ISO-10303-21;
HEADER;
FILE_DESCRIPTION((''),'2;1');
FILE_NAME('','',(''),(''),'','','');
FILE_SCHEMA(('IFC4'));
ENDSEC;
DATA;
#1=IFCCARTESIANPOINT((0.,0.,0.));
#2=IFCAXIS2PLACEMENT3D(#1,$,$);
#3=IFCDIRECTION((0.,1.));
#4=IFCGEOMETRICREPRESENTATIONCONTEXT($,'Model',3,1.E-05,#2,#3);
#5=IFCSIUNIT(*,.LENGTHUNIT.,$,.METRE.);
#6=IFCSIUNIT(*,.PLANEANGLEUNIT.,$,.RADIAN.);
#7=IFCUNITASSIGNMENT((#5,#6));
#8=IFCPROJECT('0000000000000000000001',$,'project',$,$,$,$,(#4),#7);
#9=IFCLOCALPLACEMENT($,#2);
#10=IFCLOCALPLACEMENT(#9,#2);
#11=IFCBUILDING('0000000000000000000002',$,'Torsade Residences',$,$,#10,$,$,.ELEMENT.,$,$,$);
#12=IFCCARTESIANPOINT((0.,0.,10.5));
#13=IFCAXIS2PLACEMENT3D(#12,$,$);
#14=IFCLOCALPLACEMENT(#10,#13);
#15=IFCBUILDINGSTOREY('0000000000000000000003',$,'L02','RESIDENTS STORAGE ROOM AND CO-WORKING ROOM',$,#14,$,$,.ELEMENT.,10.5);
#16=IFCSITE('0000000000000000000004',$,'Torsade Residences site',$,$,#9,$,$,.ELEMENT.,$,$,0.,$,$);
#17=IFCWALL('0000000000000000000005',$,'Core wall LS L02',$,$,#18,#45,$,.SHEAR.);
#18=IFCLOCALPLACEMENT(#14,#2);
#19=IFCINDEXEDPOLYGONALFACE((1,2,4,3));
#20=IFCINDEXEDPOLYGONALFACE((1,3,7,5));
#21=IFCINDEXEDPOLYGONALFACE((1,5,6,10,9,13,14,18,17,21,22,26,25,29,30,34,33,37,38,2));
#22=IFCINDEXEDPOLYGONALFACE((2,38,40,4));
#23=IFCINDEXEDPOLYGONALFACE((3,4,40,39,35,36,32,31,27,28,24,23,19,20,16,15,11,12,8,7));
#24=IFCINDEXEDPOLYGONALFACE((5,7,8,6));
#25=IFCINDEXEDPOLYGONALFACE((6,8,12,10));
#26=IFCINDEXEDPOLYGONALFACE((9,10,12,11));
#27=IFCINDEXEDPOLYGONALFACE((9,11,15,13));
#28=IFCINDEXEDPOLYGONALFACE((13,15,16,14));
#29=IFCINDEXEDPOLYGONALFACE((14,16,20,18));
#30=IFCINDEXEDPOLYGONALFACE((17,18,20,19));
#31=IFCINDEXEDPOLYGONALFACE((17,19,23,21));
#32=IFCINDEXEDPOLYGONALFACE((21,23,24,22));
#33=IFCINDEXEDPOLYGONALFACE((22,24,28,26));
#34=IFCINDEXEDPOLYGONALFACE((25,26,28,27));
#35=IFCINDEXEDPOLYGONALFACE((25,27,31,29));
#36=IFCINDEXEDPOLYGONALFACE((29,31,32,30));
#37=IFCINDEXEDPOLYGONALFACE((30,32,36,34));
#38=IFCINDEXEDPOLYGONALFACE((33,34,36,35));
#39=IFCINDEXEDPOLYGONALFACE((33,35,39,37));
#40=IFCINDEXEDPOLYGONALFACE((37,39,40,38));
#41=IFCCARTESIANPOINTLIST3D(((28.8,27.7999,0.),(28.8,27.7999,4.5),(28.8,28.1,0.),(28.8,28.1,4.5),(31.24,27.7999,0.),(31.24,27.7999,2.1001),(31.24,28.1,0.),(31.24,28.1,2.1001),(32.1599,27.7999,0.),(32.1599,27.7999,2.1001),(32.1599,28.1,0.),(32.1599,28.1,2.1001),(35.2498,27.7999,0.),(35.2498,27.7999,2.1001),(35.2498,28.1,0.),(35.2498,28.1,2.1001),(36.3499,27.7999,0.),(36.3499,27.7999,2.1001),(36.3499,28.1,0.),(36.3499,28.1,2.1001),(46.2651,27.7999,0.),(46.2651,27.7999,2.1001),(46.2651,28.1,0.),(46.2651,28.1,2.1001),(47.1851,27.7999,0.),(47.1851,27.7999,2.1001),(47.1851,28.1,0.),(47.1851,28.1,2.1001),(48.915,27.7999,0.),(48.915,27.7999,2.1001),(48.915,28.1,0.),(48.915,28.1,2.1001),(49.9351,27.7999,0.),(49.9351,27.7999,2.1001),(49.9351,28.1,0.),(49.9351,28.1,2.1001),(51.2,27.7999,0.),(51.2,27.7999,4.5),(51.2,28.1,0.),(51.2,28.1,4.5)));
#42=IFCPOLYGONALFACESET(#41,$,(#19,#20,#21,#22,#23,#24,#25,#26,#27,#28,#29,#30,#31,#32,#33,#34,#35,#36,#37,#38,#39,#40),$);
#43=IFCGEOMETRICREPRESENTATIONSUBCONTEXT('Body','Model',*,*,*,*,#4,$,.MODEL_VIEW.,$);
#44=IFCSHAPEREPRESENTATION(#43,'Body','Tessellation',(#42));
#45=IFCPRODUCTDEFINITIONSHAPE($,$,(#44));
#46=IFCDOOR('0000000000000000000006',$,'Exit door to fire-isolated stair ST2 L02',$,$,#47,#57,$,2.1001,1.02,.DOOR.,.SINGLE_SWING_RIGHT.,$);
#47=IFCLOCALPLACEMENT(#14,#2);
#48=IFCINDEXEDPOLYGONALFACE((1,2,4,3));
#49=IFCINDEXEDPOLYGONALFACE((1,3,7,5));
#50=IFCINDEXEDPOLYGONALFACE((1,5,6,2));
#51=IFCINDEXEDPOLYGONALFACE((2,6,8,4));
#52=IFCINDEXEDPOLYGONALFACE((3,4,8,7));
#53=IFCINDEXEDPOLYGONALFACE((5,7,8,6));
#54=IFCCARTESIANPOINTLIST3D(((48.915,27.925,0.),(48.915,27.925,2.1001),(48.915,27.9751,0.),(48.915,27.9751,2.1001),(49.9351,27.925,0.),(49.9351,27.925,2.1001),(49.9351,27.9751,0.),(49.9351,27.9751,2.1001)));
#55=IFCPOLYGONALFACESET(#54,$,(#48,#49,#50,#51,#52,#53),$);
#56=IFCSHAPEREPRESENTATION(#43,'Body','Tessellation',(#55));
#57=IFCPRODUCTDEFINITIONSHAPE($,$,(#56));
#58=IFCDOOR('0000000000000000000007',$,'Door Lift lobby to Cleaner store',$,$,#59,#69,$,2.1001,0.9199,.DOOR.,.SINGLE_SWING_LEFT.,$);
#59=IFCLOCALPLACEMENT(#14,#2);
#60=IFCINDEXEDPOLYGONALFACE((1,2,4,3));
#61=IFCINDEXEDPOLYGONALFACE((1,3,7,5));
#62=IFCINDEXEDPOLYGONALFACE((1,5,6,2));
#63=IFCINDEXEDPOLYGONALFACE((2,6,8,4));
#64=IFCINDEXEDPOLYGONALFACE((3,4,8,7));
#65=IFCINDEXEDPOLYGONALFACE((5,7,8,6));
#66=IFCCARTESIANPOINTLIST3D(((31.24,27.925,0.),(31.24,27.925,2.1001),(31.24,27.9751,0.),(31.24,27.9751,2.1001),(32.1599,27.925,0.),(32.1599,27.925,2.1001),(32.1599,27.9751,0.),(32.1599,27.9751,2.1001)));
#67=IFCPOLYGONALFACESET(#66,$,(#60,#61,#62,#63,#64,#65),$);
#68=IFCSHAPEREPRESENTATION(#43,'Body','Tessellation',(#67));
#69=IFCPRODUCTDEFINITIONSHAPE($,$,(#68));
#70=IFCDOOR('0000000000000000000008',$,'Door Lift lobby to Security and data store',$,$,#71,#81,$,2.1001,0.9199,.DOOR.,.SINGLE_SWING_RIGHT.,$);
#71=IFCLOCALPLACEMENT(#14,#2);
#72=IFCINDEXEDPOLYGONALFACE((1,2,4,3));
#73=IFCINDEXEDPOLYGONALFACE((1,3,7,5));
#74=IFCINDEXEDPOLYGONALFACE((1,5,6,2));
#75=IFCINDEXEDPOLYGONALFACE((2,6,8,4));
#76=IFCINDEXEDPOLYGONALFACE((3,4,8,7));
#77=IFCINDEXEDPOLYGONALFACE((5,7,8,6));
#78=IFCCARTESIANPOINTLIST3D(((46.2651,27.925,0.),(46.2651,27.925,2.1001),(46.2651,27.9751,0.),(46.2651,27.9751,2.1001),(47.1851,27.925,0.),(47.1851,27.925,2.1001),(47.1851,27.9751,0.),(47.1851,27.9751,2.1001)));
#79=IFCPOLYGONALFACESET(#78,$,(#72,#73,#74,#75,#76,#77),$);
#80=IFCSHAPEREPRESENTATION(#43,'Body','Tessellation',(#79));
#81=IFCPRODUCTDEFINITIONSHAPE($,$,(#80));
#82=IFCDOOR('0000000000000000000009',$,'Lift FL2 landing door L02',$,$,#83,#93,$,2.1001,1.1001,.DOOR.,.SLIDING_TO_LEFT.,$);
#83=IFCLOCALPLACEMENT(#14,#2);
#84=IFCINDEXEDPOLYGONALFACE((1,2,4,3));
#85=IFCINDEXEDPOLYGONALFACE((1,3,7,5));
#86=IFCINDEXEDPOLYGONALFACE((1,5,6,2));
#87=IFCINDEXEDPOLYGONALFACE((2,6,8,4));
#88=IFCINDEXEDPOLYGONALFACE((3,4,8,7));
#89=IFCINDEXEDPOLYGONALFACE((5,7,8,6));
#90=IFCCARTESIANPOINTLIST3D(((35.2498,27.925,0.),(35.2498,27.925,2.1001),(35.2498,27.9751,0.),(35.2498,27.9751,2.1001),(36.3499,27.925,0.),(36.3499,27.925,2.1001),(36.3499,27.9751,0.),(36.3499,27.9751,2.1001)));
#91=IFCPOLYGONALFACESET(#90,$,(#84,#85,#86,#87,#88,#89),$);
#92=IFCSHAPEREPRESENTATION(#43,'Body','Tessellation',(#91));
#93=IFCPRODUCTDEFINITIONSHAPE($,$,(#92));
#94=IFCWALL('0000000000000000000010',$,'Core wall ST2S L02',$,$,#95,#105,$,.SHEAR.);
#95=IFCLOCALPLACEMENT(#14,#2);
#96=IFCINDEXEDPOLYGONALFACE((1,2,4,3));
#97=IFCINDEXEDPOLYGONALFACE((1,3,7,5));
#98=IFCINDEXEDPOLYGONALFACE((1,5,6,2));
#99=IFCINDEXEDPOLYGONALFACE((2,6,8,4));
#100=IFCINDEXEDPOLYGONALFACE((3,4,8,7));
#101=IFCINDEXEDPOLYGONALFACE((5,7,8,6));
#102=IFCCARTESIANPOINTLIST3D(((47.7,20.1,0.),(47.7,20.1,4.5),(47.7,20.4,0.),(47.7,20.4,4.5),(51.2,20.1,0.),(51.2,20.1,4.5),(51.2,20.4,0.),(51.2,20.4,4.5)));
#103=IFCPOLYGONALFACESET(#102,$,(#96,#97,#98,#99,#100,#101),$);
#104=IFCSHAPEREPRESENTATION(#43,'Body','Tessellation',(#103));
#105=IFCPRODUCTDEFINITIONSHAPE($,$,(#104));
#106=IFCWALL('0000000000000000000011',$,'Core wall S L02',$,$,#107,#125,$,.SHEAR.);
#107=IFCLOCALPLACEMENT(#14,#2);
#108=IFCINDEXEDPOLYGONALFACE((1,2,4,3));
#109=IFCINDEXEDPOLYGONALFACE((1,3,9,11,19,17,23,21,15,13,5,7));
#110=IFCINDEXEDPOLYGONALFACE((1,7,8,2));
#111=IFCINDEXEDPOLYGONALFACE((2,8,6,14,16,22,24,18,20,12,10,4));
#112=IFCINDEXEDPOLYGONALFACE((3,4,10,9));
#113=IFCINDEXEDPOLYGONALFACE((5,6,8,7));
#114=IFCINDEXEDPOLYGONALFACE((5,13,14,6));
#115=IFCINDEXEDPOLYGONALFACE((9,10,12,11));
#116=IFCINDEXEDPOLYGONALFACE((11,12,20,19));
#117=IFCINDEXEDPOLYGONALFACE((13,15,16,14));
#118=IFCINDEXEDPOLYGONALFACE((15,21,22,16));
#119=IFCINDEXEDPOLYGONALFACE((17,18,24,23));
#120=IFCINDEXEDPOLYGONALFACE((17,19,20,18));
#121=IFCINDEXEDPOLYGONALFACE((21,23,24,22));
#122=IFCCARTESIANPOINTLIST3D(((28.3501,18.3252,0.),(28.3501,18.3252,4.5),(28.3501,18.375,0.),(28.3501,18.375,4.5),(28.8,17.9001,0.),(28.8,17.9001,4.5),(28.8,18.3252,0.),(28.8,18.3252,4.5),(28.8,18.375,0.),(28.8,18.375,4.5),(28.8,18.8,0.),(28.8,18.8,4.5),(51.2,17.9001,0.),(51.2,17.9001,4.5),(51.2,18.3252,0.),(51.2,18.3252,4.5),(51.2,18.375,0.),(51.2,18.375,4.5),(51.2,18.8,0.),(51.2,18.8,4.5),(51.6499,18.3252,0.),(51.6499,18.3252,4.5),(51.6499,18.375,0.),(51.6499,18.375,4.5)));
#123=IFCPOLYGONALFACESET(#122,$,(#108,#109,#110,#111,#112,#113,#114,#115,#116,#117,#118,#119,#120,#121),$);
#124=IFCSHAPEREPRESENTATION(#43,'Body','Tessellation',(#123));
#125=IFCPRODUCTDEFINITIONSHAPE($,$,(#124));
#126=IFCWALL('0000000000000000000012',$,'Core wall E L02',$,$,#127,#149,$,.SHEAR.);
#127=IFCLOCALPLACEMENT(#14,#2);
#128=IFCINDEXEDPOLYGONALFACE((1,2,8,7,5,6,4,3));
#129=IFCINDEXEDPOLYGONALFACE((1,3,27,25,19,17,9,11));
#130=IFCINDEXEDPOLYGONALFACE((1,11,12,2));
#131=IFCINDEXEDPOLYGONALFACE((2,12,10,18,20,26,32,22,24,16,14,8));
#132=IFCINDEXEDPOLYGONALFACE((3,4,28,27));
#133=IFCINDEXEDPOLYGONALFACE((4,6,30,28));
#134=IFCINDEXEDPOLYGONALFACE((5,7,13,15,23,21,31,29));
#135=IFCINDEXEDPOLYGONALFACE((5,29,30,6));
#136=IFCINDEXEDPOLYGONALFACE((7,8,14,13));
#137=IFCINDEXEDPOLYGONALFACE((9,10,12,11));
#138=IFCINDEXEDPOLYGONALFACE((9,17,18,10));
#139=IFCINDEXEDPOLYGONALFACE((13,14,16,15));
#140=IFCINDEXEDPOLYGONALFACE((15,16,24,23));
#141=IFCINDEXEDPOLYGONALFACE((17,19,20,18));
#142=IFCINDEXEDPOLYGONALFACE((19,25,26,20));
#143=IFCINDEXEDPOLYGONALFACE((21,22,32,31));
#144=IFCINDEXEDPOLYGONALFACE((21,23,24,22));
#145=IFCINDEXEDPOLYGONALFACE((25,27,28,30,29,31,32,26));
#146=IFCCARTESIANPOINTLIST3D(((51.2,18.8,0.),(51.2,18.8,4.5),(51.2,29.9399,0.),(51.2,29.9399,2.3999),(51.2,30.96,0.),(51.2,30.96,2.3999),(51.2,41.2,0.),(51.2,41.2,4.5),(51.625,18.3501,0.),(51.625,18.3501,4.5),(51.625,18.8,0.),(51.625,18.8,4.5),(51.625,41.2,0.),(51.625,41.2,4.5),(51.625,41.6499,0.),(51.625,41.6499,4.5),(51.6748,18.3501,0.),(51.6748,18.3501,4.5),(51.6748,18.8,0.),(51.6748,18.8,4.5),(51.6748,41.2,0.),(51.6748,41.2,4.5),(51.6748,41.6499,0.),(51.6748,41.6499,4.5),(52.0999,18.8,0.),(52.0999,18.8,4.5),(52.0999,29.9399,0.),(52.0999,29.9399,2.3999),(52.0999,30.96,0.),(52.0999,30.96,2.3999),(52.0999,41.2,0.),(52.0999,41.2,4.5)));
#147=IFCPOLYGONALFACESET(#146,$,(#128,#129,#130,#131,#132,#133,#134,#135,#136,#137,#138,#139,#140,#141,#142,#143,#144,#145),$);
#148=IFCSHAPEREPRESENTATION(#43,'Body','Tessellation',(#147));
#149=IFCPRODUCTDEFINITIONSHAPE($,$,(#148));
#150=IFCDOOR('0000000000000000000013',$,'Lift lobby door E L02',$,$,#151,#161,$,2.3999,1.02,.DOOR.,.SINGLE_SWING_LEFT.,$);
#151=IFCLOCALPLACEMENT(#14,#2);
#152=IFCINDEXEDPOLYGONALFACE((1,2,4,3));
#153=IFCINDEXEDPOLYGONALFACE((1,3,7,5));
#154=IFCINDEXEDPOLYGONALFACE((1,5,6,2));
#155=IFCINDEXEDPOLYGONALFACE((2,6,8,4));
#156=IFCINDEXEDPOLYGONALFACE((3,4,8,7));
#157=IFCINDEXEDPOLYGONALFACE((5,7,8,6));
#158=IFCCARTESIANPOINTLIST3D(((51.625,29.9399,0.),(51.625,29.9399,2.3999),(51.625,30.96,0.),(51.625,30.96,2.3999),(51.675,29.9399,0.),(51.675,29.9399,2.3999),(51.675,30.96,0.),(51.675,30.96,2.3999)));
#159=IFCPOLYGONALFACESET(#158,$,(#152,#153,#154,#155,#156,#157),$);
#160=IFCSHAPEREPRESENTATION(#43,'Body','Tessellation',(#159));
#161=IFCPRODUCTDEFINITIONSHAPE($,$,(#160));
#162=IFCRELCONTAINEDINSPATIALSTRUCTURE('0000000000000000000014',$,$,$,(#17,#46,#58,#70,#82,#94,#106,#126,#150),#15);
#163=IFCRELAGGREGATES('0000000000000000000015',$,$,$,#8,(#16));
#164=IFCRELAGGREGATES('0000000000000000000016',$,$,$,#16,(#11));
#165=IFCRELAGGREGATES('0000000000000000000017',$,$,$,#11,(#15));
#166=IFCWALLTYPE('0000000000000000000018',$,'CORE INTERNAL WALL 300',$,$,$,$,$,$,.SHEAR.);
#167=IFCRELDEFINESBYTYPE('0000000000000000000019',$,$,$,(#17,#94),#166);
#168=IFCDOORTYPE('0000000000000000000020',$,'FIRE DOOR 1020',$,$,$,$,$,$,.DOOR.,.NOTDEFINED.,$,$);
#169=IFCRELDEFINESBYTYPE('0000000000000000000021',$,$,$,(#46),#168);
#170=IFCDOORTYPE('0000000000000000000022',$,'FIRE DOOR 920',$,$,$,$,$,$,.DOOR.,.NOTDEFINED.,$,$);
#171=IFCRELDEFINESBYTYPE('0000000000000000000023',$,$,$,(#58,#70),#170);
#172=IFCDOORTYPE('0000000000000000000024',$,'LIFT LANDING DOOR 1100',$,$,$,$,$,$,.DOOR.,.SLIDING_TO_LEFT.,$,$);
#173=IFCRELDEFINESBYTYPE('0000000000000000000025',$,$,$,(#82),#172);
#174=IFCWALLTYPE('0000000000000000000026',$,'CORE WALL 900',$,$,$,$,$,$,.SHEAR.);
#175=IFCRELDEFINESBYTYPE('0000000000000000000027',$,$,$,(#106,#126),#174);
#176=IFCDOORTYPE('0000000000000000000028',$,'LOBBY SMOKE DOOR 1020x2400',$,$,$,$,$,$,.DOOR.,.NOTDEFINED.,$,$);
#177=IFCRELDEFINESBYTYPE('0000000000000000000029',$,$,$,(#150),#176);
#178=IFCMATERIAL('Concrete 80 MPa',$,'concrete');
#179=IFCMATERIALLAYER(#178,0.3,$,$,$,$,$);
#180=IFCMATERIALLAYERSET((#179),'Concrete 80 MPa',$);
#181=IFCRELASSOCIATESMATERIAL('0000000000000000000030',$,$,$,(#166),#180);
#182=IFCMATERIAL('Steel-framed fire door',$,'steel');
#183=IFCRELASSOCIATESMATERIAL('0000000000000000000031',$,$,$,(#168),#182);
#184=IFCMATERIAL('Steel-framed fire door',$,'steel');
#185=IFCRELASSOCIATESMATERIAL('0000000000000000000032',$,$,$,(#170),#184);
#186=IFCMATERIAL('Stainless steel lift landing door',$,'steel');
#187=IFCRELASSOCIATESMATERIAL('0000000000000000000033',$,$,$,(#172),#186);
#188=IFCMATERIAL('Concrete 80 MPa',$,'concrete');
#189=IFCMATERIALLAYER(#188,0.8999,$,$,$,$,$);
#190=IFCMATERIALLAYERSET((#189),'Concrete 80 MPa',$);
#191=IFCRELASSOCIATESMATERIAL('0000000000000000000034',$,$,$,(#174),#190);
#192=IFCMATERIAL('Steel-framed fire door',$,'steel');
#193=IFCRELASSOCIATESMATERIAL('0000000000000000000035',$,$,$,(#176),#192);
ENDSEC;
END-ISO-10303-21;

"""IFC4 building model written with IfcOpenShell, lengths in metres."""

from ifc_helpers import new_model, si_unit, direction, frame, frame_2d, origin, place, context, subcontext, project, spatial, polyline, rectangle, outline, extrude, material, layer, layer_set, type_object, element, fill, save


model = new_model("IFC4")

# Units and contexts
model_context = context("Model", 3, precision=1e-05, world=origin(), true_north=direction((0.0, 1.0)))
body_context = subcontext(model_context, "Body", "Model", "MODEL_VIEW")
ifc_project = project(units=[si_unit("LENGTHUNIT", "METRE"), si_unit("PLANEANGLEUNIT", "RADIAN")], contexts=[model_context])

# Site, building, storey
site_placement = place(None, origin())
site = spatial("IfcSite", under=ifc_project, at=site_placement, Name="Torsade Residences site", CompositionType="ELEMENT", RefElevation=0.0)
building_placement = place(site_placement, origin())
building = spatial("IfcBuilding", under=site, at=building_placement, Name="Torsade Residences", CompositionType="ELEMENT")
storey_placement = place(building_placement, frame((0.0, 0.0, 10.5)))
storey = spatial("IfcBuildingStorey", under=building, at=storey_placement, Name="L02", Description="RESIDENTS STORAGE ROOM AND CO-WORKING ROOM", CompositionType="ELEMENT", Elevation=10.5)

# Wall, openings, doors
ifc_material_1 = material(Name="Concrete 80 MPa", Category="concrete")
ifc_layer_1 = layer(ifc_material_1, 0.3)
ifc_layer_set_1 = layer_set([ifc_layer_1], Name="Concrete 80 MPa")
wall_type_1 = type_object("IfcWallType", Name="CORE INTERNAL WALL 300", PredefinedType="SHEAR", material=ifc_layer_set_1)
wall_1_placement = place(storey_placement, frame((51.2, 27.95, 0.0), z_axis=(0.0, 0.0, 1.0), x_axis=(-1.0, 0.0, 0.0)))
wall_1 = element("IfcWall", 1, at=wall_1_placement, inside=storey, type_object=wall_type_1, Name="Core wall LS L02", PredefinedType="SHEAR", context=body_context, shape_type="SweptSolid", body=[
    extrude(rectangle(XDim=22.3999, YDim=0.3, at=frame_2d((11.2, 0.0))), origin(), (0.0, 0.0, 1.0), 4.5),
])
opening_1_placement = place(wall_1_placement, frame((19.04, 0.0, 0.0)))
opening_1 = element("IfcOpeningElement", 2, at=opening_1_placement, cuts=wall_1, PredefinedType="OPENING", context=body_context, shape_type="SweptSolid", body=[
    extrude(rectangle(XDim=0.9199, YDim=2.1001, at=frame_2d((0.46, 1.05))), frame((0.0, 0.1599, 0.0), z_axis=(0.0, -1.0, 0.0), x_axis=(1.0, 0.0, 0.0)), (0.0, 0.0, 1.0), 0.3201),
])
opening_2_placement = place(wall_1_placement, frame((1.2649, 0.0, 0.0)))
opening_2 = element("IfcOpeningElement", 3, at=opening_2_placement, cuts=wall_1, PredefinedType="OPENING", context=body_context, shape_type="SweptSolid", body=[
    extrude(rectangle(XDim=1.02, YDim=2.1001, at=frame_2d((0.51, 1.05))), frame((0.0, 0.1599, 0.0), z_axis=(0.0, -1.0, 0.0), x_axis=(1.0, 0.0, 0.0)), (0.0, 0.0, 1.0), 0.3201),
])
opening_3_placement = place(wall_1_placement, frame((4.0149, 0.0, 0.0)))
opening_3 = element("IfcOpeningElement", 4, at=opening_3_placement, cuts=wall_1, PredefinedType="OPENING", context=body_context, shape_type="SweptSolid", body=[
    extrude(rectangle(XDim=0.9199, YDim=2.1001, at=frame_2d((0.46, 1.05))), frame((0.0, 0.1599, 0.0), z_axis=(0.0, -1.0, 0.0), x_axis=(1.0, 0.0, 0.0)), (0.0, 0.0, 1.0), 0.3201),
])
opening_4_placement = place(wall_1_placement, frame((14.8501, 0.0, 0.0)))
opening_4 = element("IfcOpeningElement", 5, at=opening_4_placement, cuts=wall_1, PredefinedType="OPENING", context=body_context, shape_type="SweptSolid", body=[
    extrude(rectangle(XDim=1.1001, YDim=2.1001, at=frame_2d((0.55, 1.05))), frame((0.0, 0.1599, 0.0), z_axis=(0.0, -1.0, 0.0), x_axis=(1.0, 0.0, 0.0)), (0.0, 0.0, 1.0), 0.3201),
])
ifc_material_2 = material(Name="Steel-framed fire door", Category="steel")
door_type_1 = type_object("IfcDoorType", Name="FIRE DOOR 1020", OperationType="NOTDEFINED", PredefinedType="DOOR", material=ifc_material_2)
door_1_placement = place(opening_2_placement, origin())
door_1 = element("IfcDoor", 6, at=door_1_placement, inside=storey, type_object=door_type_1, Name="Exit door to fire-isolated stair ST2 L02", OperationType="SINGLE_SWING_RIGHT", OverallHeight=2.1001, OverallWidth=1.02, PredefinedType="DOOR", context=body_context, shape_type="SweptSolid", body=[
    extrude(rectangle(XDim=1.02, YDim=2.1001, at=frame_2d((0.51, 1.05))), frame((0.0, 0.0249, 0.0), z_axis=(0.0, -1.0, 0.0), x_axis=(1.0, 0.0, 0.0)), (0.0, 0.0, 1.0), 0.05),
])
fill(opening_2, door_1)
ifc_material_3 = material(Name="Steel-framed fire door", Category="steel")
door_type_2 = type_object("IfcDoorType", Name="FIRE DOOR 920", OperationType="NOTDEFINED", PredefinedType="DOOR", material=ifc_material_3)
door_2_placement = place(opening_1_placement, origin())
door_2 = element("IfcDoor", 7, at=door_2_placement, inside=storey, type_object=door_type_2, Name="Door Lift lobby to Cleaner store", OperationType="SINGLE_SWING_LEFT", OverallHeight=2.1001, OverallWidth=0.9199, PredefinedType="DOOR", context=body_context, shape_type="SweptSolid", body=[
    extrude(rectangle(XDim=0.9199, YDim=2.1001, at=frame_2d((0.46, 1.05))), frame((0.0, 0.0249, 0.0), z_axis=(0.0, -1.0, 0.0), x_axis=(1.0, 0.0, 0.0)), (0.0, 0.0, 1.0), 0.05),
])
fill(opening_1, door_2)
door_3_placement = place(opening_3_placement, origin())
door_3 = element("IfcDoor", 8, at=door_3_placement, inside=storey, type_object=door_type_2, Name="Door Lift lobby to Security and data store", OperationType="SINGLE_SWING_RIGHT", OverallHeight=2.1001, OverallWidth=0.9199, PredefinedType="DOOR", context=body_context, shape_type="SweptSolid", body=[
    extrude(rectangle(XDim=0.9199, YDim=2.1001, at=frame_2d((0.46, 1.05))), frame((0.0, 0.0249, 0.0), z_axis=(0.0, -1.0, 0.0), x_axis=(1.0, 0.0, 0.0)), (0.0, 0.0, 1.0), 0.05),
])
fill(opening_3, door_3)
ifc_material_4 = material(Name="Stainless steel lift landing door", Category="steel")
door_type_3 = type_object("IfcDoorType", Name="LIFT LANDING DOOR 1100", OperationType="SLIDING_TO_LEFT", PredefinedType="DOOR", material=ifc_material_4)
door_4_placement = place(opening_4_placement, origin())
door_4 = element("IfcDoor", 9, at=door_4_placement, inside=storey, type_object=door_type_3, Name="Lift FL2 landing door L02", OperationType="SLIDING_TO_LEFT", OverallHeight=2.1001, OverallWidth=1.1001, PredefinedType="DOOR", context=body_context, shape_type="SweptSolid", body=[
    extrude(rectangle(XDim=1.1001, YDim=2.1001, at=frame_2d((0.55, 1.05))), frame((0.0, 0.0249, 0.0), z_axis=(0.0, -1.0, 0.0), x_axis=(1.0, 0.0, 0.0)), (0.0, 0.0, 1.0), 0.05),
])
fill(opening_4, door_4)

# Walls
wall_2_placement = place(storey_placement, frame((51.2, 20.25, 0.0), z_axis=(0.0, 0.0, 1.0), x_axis=(-1.0, 0.0, 0.0)))
element("IfcWall", 10, at=wall_2_placement, inside=storey, type_object=wall_type_1, Name="Core wall ST2S L02", PredefinedType="SHEAR", context=body_context, shape_type="SweptSolid", body=[
    extrude(rectangle(XDim=3.5, YDim=0.3, at=frame_2d((1.75, 0.0))), origin(), (0.0, 0.0, 1.0), 4.5),
])
ifc_material_5 = material(Name="Concrete 80 MPa", Category="concrete")
ifc_layer_2 = layer(ifc_material_5, 0.8999)
ifc_layer_set_2 = layer_set([ifc_layer_2], Name="Concrete 80 MPa")
wall_type_2 = type_object("IfcWallType", Name="CORE WALL 900", PredefinedType="SHEAR", material=ifc_layer_set_2)
wall_3_placement = place(storey_placement, frame((51.2, 18.3501, 0.0), z_axis=(0.0, 0.0, 1.0), x_axis=(-1.0, 0.0, 0.0)))
element("IfcWall", 11, at=wall_3_placement, inside=storey, type_object=wall_type_2, Name="Core wall S L02", PredefinedType="SHEAR", context=body_context, shape_type="SweptSolid", body=[
    extrude(outline(polyline([(0.0, -0.45), (22.3999, -0.45), (22.3999, -0.0249), (22.8499, -0.0249), (22.8499, 0.0249), (22.3999, 0.0249), (22.3999, 0.45), (0.0, 0.45), (0.0, 0.0249), (-0.45, 0.0249), (-0.45, -0.0249), (0.0, -0.0249), (0.0, -0.45)])), origin(), (0.0, 0.0, 1.0), 4.5),
])

# Wall, opening, door
wall_4_placement = place(storey_placement, frame((51.6499, 18.8, 0.0), z_axis=(0.0, 0.0, 1.0), x_axis=(0.0, 1.0, 0.0)))
wall_4 = element("IfcWall", 12, at=wall_4_placement, inside=storey, type_object=wall_type_2, Name="Core wall E L02", PredefinedType="SHEAR", context=body_context, shape_type="SweptSolid", body=[
    extrude(outline(polyline([(0.0, -0.45), (22.3999, -0.45), (22.3999, -0.0249), (22.8499, -0.0249), (22.8499, 0.0249), (22.3999, 0.0249), (22.3999, 0.45), (0.0, 0.45), (0.0, 0.0249), (-0.45, 0.0249), (-0.45, -0.0249), (0.0, -0.0249), (0.0, -0.45)])), origin(), (0.0, 0.0, 1.0), 4.5),
])
opening_5_placement = place(wall_4_placement, frame((11.1399, 0.0, 0.0)))
opening_5 = element("IfcOpeningElement", 13, at=opening_5_placement, cuts=wall_4, PredefinedType="OPENING", context=body_context, shape_type="SweptSolid", body=[
    extrude(rectangle(XDim=1.02, YDim=2.3999, at=frame_2d((0.51, 1.2))), frame((0.0, 0.46, 0.0), z_axis=(0.0, -1.0, 0.0), x_axis=(1.0, 0.0, 0.0)), (0.0, 0.0, 1.0), 0.9199),
])
ifc_material_6 = material(Name="Steel-framed fire door", Category="steel")
door_type_4 = type_object("IfcDoorType", Name="LOBBY SMOKE DOOR 1020x2400", OperationType="NOTDEFINED", PredefinedType="DOOR", material=ifc_material_6)
door_5_placement = place(opening_5_placement, origin())
door_5 = element("IfcDoor", 14, at=door_5_placement, inside=storey, type_object=door_type_4, Name="Lift lobby door E L02", OperationType="SINGLE_SWING_LEFT", OverallHeight=2.3999, OverallWidth=1.02, PredefinedType="DOOR", context=body_context, shape_type="SweptSolid", body=[
    extrude(rectangle(XDim=1.02, YDim=2.3999, at=frame_2d((0.51, 1.2))), frame((0.0, 0.0249, 0.0), z_axis=(0.0, -1.0, 0.0), x_axis=(1.0, 0.0, 0.0)), (0.0, 0.0, 1.0), 0.05),
])
fill(opening_5, door_5)

save(model, "model.ifc")
